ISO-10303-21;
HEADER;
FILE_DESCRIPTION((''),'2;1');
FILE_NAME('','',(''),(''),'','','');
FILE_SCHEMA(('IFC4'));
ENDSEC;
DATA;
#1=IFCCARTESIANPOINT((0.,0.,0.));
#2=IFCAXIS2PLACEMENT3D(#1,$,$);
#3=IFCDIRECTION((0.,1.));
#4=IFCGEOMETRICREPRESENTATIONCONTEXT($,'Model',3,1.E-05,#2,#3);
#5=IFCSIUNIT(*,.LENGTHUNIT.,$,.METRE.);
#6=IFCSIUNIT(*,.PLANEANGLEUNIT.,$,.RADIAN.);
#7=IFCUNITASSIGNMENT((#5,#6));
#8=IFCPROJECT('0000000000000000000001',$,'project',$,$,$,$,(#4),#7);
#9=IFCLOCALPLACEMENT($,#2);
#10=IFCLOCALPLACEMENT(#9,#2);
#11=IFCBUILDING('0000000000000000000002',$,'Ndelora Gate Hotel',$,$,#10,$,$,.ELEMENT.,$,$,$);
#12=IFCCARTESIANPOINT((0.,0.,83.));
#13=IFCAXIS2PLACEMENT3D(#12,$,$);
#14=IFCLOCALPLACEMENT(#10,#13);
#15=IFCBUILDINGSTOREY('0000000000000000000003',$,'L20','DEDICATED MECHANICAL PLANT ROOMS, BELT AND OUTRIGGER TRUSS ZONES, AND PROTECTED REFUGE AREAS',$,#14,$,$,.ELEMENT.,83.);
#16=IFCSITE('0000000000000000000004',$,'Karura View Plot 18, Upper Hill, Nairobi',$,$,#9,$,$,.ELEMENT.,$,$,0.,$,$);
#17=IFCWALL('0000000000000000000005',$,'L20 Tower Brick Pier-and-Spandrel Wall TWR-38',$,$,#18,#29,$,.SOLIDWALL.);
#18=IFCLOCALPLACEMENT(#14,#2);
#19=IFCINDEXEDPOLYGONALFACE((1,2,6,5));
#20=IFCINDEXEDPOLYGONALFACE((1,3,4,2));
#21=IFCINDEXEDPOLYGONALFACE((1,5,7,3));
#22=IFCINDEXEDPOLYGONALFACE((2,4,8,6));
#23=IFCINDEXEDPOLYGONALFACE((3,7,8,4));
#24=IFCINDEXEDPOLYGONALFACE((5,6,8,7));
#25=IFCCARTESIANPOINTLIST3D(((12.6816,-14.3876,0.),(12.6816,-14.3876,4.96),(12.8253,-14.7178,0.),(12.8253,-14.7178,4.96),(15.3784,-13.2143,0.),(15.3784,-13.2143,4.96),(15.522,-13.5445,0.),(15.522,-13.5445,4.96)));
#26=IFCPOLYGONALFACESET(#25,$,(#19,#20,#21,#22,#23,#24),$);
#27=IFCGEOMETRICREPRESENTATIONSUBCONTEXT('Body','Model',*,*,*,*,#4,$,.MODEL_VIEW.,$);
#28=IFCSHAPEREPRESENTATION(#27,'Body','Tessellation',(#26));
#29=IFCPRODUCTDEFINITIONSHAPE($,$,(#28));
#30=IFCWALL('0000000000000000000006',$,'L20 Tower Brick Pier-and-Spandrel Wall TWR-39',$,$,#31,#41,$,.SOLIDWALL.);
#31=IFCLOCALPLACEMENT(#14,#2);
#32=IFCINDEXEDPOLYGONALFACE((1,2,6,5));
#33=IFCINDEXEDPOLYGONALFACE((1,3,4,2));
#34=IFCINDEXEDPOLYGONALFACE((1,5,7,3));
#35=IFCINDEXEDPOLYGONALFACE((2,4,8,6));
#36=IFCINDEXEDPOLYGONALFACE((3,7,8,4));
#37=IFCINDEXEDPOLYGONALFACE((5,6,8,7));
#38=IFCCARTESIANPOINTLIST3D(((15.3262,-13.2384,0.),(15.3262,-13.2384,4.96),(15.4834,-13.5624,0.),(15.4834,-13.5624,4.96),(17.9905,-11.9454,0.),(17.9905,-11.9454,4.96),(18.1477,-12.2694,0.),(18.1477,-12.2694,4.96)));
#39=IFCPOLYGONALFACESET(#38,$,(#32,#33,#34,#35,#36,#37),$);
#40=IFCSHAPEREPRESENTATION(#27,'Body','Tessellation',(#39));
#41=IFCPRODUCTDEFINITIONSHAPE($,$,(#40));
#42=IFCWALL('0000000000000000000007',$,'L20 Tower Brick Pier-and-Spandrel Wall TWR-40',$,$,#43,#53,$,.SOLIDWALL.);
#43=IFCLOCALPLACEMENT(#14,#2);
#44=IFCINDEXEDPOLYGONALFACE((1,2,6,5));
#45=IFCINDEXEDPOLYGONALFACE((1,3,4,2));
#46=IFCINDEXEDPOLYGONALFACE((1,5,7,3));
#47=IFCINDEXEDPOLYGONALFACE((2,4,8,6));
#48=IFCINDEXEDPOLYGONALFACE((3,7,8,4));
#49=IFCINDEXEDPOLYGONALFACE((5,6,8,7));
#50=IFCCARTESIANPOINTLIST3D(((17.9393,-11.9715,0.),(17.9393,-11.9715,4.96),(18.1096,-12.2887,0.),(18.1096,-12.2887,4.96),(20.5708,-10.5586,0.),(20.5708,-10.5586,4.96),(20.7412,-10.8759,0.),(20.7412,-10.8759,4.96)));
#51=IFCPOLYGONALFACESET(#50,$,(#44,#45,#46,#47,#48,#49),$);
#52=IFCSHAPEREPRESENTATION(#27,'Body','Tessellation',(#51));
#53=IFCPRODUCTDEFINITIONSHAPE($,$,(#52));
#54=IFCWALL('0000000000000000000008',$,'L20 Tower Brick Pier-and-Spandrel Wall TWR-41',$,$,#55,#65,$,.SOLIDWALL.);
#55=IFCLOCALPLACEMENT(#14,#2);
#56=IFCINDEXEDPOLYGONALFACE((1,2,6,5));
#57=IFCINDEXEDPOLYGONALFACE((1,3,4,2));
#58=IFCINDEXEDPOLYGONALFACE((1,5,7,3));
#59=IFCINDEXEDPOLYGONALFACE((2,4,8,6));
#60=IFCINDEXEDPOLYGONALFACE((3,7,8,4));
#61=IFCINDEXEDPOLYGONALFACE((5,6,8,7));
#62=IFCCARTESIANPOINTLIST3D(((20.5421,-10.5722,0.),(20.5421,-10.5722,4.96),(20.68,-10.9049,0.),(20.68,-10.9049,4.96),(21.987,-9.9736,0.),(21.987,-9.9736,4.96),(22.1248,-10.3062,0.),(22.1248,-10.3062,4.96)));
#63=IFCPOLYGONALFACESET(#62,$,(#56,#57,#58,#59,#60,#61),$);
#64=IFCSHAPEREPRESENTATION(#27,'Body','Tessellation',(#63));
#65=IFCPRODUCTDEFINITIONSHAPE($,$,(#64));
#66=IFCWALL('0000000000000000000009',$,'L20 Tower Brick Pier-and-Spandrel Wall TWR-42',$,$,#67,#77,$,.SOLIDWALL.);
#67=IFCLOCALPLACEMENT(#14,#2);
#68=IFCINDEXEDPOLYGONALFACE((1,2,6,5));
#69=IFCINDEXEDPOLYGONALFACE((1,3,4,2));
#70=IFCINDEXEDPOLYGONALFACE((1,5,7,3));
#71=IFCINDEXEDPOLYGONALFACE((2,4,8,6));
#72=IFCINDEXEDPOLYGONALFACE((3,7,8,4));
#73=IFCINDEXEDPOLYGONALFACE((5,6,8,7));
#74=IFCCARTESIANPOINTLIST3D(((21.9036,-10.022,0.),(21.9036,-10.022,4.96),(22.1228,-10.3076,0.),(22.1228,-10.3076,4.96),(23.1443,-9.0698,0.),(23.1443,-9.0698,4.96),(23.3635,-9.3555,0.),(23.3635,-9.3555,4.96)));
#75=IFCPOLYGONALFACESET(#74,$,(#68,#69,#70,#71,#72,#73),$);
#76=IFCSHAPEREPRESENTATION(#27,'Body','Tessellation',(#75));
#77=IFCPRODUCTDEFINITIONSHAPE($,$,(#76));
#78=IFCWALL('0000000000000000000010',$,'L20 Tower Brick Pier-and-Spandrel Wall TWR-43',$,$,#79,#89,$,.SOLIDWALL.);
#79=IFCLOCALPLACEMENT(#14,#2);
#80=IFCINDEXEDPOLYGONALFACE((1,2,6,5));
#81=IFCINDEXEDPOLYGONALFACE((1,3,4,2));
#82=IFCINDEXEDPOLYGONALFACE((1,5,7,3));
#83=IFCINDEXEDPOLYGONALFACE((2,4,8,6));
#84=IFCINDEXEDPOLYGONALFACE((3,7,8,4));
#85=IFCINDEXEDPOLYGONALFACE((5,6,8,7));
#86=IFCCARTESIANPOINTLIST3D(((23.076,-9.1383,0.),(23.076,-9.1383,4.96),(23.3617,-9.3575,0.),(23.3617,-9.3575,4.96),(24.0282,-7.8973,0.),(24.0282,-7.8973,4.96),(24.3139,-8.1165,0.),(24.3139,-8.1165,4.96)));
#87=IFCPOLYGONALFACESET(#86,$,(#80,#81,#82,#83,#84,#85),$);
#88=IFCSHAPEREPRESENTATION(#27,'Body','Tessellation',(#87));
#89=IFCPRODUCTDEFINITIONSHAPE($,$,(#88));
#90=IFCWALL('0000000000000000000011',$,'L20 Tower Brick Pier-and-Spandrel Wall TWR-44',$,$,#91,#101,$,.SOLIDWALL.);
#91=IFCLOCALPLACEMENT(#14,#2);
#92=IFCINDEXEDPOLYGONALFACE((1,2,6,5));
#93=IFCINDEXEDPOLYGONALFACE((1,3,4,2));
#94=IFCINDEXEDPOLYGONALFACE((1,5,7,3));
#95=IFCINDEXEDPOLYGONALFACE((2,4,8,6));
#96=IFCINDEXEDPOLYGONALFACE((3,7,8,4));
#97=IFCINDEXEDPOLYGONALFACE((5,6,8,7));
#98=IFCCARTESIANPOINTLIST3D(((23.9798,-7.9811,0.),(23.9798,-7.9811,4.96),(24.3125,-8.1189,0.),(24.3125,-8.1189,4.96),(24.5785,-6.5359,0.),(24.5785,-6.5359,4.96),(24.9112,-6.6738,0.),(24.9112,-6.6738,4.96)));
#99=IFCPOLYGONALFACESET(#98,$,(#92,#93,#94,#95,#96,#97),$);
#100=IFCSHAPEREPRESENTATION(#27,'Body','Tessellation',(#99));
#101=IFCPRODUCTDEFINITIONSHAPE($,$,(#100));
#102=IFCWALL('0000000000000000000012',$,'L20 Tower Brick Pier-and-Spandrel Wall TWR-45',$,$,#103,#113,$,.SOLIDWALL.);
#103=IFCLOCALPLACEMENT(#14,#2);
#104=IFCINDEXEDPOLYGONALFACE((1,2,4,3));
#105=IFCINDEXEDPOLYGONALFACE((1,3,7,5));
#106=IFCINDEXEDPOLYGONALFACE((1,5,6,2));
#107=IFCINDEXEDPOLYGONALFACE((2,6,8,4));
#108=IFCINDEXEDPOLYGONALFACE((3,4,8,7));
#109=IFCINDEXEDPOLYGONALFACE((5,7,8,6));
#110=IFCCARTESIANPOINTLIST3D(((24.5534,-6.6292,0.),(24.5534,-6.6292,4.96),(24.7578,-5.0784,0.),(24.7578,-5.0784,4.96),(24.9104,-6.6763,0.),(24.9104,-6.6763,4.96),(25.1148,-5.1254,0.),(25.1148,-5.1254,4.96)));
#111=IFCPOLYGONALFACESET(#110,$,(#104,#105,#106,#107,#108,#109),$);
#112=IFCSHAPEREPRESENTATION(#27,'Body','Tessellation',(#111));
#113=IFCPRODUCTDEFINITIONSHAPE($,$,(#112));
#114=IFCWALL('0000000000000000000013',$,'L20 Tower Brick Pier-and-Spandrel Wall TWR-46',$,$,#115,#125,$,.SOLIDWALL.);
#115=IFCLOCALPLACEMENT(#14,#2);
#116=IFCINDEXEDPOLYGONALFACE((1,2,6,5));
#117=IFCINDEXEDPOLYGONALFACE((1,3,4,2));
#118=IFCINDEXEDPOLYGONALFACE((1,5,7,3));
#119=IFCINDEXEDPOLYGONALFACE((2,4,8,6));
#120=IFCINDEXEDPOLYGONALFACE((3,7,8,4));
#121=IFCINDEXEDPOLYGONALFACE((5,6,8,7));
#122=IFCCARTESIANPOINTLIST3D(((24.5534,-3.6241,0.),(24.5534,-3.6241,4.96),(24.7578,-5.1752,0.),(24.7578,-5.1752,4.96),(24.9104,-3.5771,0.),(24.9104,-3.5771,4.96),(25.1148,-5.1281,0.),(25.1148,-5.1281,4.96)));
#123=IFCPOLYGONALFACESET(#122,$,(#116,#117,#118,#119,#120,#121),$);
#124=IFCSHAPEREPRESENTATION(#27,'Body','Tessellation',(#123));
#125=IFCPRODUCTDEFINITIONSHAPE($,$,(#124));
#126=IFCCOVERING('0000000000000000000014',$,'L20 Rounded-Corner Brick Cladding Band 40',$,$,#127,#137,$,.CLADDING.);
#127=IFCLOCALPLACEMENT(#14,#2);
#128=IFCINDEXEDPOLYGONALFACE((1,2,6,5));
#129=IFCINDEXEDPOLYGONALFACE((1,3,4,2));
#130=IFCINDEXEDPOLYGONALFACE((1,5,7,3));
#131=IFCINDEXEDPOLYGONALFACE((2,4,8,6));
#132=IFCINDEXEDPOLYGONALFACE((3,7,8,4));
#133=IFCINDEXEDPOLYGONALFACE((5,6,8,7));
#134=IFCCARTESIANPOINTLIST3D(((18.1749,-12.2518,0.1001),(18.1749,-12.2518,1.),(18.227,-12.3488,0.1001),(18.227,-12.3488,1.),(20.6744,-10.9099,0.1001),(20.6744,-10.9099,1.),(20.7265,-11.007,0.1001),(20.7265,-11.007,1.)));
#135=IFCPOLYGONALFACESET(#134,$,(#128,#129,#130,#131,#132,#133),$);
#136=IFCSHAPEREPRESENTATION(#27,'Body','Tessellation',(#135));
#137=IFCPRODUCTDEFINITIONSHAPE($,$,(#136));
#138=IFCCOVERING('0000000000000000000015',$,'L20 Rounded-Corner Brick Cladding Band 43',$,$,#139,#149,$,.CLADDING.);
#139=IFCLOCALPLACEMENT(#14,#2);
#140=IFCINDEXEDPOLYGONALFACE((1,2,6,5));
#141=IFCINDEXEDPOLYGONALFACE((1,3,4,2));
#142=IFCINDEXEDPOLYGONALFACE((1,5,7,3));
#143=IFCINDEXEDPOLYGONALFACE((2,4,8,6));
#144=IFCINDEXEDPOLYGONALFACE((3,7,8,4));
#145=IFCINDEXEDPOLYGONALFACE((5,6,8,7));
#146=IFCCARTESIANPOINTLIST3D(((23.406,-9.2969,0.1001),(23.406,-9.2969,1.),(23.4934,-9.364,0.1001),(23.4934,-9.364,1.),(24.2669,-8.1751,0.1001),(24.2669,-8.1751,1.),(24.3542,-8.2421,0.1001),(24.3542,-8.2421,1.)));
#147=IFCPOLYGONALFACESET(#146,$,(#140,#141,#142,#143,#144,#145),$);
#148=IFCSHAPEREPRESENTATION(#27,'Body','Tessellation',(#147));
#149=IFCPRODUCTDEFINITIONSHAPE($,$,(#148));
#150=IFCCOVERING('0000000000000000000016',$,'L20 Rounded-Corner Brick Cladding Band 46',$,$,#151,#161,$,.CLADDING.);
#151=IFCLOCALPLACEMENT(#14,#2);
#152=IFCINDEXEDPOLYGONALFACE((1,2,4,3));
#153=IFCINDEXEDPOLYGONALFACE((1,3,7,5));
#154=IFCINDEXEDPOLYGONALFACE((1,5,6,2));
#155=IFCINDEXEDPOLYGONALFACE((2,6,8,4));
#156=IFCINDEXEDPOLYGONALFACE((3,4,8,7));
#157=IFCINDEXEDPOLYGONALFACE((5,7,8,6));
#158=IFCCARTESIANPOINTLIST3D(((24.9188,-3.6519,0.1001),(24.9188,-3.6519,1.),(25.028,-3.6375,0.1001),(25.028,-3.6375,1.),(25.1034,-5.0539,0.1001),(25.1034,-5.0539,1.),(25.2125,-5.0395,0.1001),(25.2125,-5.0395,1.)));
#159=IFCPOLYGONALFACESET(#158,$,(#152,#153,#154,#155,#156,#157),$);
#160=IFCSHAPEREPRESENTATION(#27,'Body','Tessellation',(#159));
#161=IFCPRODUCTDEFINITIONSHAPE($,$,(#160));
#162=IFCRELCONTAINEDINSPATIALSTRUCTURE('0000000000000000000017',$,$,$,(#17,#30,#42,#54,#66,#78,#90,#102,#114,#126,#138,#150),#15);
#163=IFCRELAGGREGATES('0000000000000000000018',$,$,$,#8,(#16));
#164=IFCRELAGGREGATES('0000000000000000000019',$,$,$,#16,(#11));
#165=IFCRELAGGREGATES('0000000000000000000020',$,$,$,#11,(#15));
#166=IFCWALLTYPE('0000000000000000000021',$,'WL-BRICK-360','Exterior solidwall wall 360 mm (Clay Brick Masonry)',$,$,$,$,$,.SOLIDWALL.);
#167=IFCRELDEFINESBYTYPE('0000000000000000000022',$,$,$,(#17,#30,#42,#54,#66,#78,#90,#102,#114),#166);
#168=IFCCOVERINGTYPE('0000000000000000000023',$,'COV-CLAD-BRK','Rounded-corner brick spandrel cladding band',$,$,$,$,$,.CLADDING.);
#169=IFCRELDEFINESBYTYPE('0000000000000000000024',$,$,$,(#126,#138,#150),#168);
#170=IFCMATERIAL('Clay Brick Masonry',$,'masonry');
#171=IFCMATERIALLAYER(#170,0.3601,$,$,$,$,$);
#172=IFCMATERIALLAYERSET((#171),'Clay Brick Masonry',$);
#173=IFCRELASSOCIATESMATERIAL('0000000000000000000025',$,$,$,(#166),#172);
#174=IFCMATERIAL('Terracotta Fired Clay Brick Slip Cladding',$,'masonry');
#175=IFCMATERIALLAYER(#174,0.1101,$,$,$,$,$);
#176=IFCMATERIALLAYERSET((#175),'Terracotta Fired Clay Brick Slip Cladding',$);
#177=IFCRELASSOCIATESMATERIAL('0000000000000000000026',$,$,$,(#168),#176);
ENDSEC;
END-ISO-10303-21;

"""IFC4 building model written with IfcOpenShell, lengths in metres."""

from ifc_helpers import new_model, si_unit, direction, frame, frame_2d, origin, origin_2d, place, context, subcontext, project, spatial, rectangle, extrude, material, layer, layer_set, type_object, element, save


model = new_model("IFC4")

# Units and contexts
model_context = context("Model", 3, precision=1e-05, world=origin(), true_north=direction((0.0, 1.0)))
body_context = subcontext(model_context, "Body", "Model", "MODEL_VIEW")
ifc_project = project(units=[si_unit("LENGTHUNIT", "METRE"), si_unit("PLANEANGLEUNIT", "RADIAN")], contexts=[model_context])

# Site, building, storey
site_placement = place(None, origin())
site = spatial("IfcSite", under=ifc_project, at=site_placement, Name="Karura View Plot 18, Upper Hill, Nairobi", CompositionType="ELEMENT", RefElevation=0.0)
building_placement = place(site_placement, origin())
building = spatial("IfcBuilding", under=site, at=building_placement, Name="Ndelora Gate Hotel", CompositionType="ELEMENT")
storey_placement = place(building_placement, frame((0.0, 0.0, 83.0)))
storey = spatial("IfcBuildingStorey", under=building, at=storey_placement, Name="L20", Description="DEDICATED MECHANICAL PLANT ROOMS, BELT AND OUTRIGGER TRUSS ZONES, AND PROTECTED REFUGE AREAS", CompositionType="ELEMENT", Elevation=83.0)

# Walls
ifc_material_1 = material(Name="Clay Brick Masonry", Category="masonry")
ifc_layer_1 = layer(ifc_material_1, 0.3601)
ifc_layer_set_1 = layer_set([ifc_layer_1], Name="Clay Brick Masonry")
wall_type = type_object("IfcWallType", Name="WL-BRICK-360", Description="Exterior solidwall wall 360 mm (Clay Brick Masonry)", PredefinedType="SOLIDWALL", material=ifc_layer_set_1)
wall_1_placement = place(storey_placement, frame((15.4502, -13.3794, 0.0), z_axis=(0.0, 0.0, 1.0), x_axis=(-0.916967, -0.398963, 0.0)))
element("IfcWall", 1, at=wall_1_placement, inside=storey, type_object=wall_type, Name="L20 Tower Brick Pier-and-Spandrel Wall TWR-38", PredefinedType="SOLIDWALL", context=body_context, shape_type="SweptSolid", body=[
    extrude(rectangle(XDim=2.9409, YDim=0.3601, at=frame_2d((1.4705, 0.0))), origin(), (0.0, 0.0, 1.0), 4.96),
])
wall_2_placement = place(storey_placement, frame((18.0691, -12.1074, 0.0), z_axis=(0.0, 0.0, 1.0), x_axis=(-0.899657, -0.436597, 0.0)))
element("IfcWall", 2, at=wall_2_placement, inside=storey, type_object=wall_type, Name="L20 Tower Brick Pier-and-Spandrel Wall TWR-39", PredefinedType="SOLIDWALL", context=body_context, shape_type="SweptSolid", body=[
    extrude(rectangle(XDim=2.9614, YDim=0.3601, at=frame_2d((1.4807, 0.0))), origin(), (0.0, 0.0, 1.0), 4.96),
])
wall_3_placement = place(storey_placement, frame((20.656, -10.7173, 0.0), z_axis=(0.0, 0.0, 1.0), x_axis=(-0.881053, -0.473017, 0.0)))
element("IfcWall", 3, at=wall_3_placement, inside=storey, type_object=wall_type, Name="L20 Tower Brick Pier-and-Spandrel Wall TWR-40", PredefinedType="SOLIDWALL", context=body_context, shape_type="SweptSolid", body=[
    extrude(rectangle(XDim=2.9868, YDim=0.3601, at=frame_2d((1.4934, 0.0))), origin(), (0.0, 0.0, 1.0), 4.96),
])
for number, where, z_axis, x_axis, name in (
    (4, (22.0559, -10.1399, 0.0), (0.0, 0.0, 1.0), (-0.923842, -0.382775, 0.0), "L20 Tower Brick Pier-and-Spandrel Wall TWR-41"),
    (5, (23.2539, -9.2126, 0.0), (0.0, 0.0, 1.0), (-0.79332, -0.608805, 0.0), "L20 Tower Brick Pier-and-Spandrel Wall TWR-42"),
):
    element("IfcWall", number, at=place(storey_placement, frame(where, z_axis=z_axis, x_axis=x_axis)), inside=storey, type_object=wall_type, Name=name, PredefinedType="SOLIDWALL", context=body_context, shape_type="SweptSolid", body=[
        extrude(rectangle(XDim=1.564, YDim=0.3601, at=frame_2d((0.782, 0.0))), origin(), (0.0, 0.0, 1.0), 4.96),
    ])
for number, where, z_axis, x_axis, name in (
    (6, (24.1711, -8.0068, 0.0), (0.0, 0.0, 1.0), (-0.60873, -0.793378, 0.0), "L20 Tower Brick Pier-and-Spandrel Wall TWR-43"),
    (7, (24.7449, -6.6047, 0.0), (0.0, 0.0, 1.0), (-0.382719, -0.923865, 0.0), "L20 Tower Brick Pier-and-Spandrel Wall TWR-44"),
    (8, (24.9363, -5.1018, 0.0), (0.0, 0.0, 1.0), (-0.13064, -0.99143, 0.0), "L20 Tower Brick Pier-and-Spandrel Wall TWR-45"),
):
    element("IfcWall", number, at=place(storey_placement, frame(where, z_axis=z_axis, x_axis=x_axis)), inside=storey, type_object=wall_type, Name=name, PredefinedType="SOLIDWALL", context=body_context, shape_type="SweptSolid", body=[
        extrude(rectangle(XDim=1.5642, YDim=0.3601, at=frame_2d((0.7822, 0.0))), origin(), (0.0, 0.0, 1.0), 4.96),
    ])
wall_4_placement = place(storey_placement, frame((24.7319, -3.6006, 0.0), z_axis=(0.0, 0.0, 1.0), x_axis=(0.13062, -0.991433, 0.0)))
element("IfcWall", 9, at=wall_4_placement, inside=storey, type_object=wall_type, Name="L20 Tower Brick Pier-and-Spandrel Wall TWR-46", PredefinedType="SOLIDWALL", context=body_context, shape_type="SweptSolid", body=[
    extrude(rectangle(XDim=1.5645, YDim=0.3601, at=frame_2d((0.7822, 0.0))), origin(), (0.0, 0.0, 1.0), 4.96),
])

# Coverings
ifc_material_2 = material(Name="Terracotta Fired Clay Brick Slip Cladding", Category="masonry")
ifc_layer_2 = layer(ifc_material_2, 0.1101)
ifc_layer_set_2 = layer_set([ifc_layer_2], Name="Terracotta Fired Clay Brick Slip Cladding")
covering_type = type_object("IfcCoveringType", Name="COV-CLAD-BRK", Description="Rounded-corner brick spandrel cladding band", PredefinedType="CLADDING", material=ifc_layer_set_2)
covering_placement = place(storey_placement, frame((19.4507, -11.6294, 0.1001), z_axis=(0.0, 0.0, 1.0), x_axis=(0.881056, 0.473012, 0.0)))
element("IfcCovering", 10, at=covering_placement, inside=storey, type_object=covering_type, Name="L20 Rounded-Corner Brick Cladding Band 40", PredefinedType="CLADDING", context=body_context, shape_type="SweptSolid", body=[
    extrude(rectangle(XDim=2.8369, YDim=0.1101, at=origin_2d()), origin(), (0.0, 0.0, 1.0), 0.8999),
])
for number, where, z_axis, x_axis, name in (
    (11, (23.8801, -8.7695, 0.1001), (0.0, 0.0, 1.0), (0.608761, 0.793353, 0.0), "L20 Rounded-Corner Brick Cladding Band 43"),
    (12, (25.0657, -4.3457, 0.1001), (0.0, 0.0, 1.0), (-0.130526, 0.991445, 0.0), "L20 Rounded-Corner Brick Cladding Band 46"),
):
    element("IfcCovering", number, at=place(storey_placement, frame(where, z_axis=z_axis, x_axis=x_axis)), inside=storey, type_object=covering_type, Name=name, PredefinedType="CLADDING", context=body_context, shape_type="SweptSolid", body=[
        extrude(rectangle(XDim=1.4141, YDim=0.1101, at=origin_2d()), origin(), (0.0, 0.0, 1.0), 0.8999),
    ])

save(model, "model.ifc")
